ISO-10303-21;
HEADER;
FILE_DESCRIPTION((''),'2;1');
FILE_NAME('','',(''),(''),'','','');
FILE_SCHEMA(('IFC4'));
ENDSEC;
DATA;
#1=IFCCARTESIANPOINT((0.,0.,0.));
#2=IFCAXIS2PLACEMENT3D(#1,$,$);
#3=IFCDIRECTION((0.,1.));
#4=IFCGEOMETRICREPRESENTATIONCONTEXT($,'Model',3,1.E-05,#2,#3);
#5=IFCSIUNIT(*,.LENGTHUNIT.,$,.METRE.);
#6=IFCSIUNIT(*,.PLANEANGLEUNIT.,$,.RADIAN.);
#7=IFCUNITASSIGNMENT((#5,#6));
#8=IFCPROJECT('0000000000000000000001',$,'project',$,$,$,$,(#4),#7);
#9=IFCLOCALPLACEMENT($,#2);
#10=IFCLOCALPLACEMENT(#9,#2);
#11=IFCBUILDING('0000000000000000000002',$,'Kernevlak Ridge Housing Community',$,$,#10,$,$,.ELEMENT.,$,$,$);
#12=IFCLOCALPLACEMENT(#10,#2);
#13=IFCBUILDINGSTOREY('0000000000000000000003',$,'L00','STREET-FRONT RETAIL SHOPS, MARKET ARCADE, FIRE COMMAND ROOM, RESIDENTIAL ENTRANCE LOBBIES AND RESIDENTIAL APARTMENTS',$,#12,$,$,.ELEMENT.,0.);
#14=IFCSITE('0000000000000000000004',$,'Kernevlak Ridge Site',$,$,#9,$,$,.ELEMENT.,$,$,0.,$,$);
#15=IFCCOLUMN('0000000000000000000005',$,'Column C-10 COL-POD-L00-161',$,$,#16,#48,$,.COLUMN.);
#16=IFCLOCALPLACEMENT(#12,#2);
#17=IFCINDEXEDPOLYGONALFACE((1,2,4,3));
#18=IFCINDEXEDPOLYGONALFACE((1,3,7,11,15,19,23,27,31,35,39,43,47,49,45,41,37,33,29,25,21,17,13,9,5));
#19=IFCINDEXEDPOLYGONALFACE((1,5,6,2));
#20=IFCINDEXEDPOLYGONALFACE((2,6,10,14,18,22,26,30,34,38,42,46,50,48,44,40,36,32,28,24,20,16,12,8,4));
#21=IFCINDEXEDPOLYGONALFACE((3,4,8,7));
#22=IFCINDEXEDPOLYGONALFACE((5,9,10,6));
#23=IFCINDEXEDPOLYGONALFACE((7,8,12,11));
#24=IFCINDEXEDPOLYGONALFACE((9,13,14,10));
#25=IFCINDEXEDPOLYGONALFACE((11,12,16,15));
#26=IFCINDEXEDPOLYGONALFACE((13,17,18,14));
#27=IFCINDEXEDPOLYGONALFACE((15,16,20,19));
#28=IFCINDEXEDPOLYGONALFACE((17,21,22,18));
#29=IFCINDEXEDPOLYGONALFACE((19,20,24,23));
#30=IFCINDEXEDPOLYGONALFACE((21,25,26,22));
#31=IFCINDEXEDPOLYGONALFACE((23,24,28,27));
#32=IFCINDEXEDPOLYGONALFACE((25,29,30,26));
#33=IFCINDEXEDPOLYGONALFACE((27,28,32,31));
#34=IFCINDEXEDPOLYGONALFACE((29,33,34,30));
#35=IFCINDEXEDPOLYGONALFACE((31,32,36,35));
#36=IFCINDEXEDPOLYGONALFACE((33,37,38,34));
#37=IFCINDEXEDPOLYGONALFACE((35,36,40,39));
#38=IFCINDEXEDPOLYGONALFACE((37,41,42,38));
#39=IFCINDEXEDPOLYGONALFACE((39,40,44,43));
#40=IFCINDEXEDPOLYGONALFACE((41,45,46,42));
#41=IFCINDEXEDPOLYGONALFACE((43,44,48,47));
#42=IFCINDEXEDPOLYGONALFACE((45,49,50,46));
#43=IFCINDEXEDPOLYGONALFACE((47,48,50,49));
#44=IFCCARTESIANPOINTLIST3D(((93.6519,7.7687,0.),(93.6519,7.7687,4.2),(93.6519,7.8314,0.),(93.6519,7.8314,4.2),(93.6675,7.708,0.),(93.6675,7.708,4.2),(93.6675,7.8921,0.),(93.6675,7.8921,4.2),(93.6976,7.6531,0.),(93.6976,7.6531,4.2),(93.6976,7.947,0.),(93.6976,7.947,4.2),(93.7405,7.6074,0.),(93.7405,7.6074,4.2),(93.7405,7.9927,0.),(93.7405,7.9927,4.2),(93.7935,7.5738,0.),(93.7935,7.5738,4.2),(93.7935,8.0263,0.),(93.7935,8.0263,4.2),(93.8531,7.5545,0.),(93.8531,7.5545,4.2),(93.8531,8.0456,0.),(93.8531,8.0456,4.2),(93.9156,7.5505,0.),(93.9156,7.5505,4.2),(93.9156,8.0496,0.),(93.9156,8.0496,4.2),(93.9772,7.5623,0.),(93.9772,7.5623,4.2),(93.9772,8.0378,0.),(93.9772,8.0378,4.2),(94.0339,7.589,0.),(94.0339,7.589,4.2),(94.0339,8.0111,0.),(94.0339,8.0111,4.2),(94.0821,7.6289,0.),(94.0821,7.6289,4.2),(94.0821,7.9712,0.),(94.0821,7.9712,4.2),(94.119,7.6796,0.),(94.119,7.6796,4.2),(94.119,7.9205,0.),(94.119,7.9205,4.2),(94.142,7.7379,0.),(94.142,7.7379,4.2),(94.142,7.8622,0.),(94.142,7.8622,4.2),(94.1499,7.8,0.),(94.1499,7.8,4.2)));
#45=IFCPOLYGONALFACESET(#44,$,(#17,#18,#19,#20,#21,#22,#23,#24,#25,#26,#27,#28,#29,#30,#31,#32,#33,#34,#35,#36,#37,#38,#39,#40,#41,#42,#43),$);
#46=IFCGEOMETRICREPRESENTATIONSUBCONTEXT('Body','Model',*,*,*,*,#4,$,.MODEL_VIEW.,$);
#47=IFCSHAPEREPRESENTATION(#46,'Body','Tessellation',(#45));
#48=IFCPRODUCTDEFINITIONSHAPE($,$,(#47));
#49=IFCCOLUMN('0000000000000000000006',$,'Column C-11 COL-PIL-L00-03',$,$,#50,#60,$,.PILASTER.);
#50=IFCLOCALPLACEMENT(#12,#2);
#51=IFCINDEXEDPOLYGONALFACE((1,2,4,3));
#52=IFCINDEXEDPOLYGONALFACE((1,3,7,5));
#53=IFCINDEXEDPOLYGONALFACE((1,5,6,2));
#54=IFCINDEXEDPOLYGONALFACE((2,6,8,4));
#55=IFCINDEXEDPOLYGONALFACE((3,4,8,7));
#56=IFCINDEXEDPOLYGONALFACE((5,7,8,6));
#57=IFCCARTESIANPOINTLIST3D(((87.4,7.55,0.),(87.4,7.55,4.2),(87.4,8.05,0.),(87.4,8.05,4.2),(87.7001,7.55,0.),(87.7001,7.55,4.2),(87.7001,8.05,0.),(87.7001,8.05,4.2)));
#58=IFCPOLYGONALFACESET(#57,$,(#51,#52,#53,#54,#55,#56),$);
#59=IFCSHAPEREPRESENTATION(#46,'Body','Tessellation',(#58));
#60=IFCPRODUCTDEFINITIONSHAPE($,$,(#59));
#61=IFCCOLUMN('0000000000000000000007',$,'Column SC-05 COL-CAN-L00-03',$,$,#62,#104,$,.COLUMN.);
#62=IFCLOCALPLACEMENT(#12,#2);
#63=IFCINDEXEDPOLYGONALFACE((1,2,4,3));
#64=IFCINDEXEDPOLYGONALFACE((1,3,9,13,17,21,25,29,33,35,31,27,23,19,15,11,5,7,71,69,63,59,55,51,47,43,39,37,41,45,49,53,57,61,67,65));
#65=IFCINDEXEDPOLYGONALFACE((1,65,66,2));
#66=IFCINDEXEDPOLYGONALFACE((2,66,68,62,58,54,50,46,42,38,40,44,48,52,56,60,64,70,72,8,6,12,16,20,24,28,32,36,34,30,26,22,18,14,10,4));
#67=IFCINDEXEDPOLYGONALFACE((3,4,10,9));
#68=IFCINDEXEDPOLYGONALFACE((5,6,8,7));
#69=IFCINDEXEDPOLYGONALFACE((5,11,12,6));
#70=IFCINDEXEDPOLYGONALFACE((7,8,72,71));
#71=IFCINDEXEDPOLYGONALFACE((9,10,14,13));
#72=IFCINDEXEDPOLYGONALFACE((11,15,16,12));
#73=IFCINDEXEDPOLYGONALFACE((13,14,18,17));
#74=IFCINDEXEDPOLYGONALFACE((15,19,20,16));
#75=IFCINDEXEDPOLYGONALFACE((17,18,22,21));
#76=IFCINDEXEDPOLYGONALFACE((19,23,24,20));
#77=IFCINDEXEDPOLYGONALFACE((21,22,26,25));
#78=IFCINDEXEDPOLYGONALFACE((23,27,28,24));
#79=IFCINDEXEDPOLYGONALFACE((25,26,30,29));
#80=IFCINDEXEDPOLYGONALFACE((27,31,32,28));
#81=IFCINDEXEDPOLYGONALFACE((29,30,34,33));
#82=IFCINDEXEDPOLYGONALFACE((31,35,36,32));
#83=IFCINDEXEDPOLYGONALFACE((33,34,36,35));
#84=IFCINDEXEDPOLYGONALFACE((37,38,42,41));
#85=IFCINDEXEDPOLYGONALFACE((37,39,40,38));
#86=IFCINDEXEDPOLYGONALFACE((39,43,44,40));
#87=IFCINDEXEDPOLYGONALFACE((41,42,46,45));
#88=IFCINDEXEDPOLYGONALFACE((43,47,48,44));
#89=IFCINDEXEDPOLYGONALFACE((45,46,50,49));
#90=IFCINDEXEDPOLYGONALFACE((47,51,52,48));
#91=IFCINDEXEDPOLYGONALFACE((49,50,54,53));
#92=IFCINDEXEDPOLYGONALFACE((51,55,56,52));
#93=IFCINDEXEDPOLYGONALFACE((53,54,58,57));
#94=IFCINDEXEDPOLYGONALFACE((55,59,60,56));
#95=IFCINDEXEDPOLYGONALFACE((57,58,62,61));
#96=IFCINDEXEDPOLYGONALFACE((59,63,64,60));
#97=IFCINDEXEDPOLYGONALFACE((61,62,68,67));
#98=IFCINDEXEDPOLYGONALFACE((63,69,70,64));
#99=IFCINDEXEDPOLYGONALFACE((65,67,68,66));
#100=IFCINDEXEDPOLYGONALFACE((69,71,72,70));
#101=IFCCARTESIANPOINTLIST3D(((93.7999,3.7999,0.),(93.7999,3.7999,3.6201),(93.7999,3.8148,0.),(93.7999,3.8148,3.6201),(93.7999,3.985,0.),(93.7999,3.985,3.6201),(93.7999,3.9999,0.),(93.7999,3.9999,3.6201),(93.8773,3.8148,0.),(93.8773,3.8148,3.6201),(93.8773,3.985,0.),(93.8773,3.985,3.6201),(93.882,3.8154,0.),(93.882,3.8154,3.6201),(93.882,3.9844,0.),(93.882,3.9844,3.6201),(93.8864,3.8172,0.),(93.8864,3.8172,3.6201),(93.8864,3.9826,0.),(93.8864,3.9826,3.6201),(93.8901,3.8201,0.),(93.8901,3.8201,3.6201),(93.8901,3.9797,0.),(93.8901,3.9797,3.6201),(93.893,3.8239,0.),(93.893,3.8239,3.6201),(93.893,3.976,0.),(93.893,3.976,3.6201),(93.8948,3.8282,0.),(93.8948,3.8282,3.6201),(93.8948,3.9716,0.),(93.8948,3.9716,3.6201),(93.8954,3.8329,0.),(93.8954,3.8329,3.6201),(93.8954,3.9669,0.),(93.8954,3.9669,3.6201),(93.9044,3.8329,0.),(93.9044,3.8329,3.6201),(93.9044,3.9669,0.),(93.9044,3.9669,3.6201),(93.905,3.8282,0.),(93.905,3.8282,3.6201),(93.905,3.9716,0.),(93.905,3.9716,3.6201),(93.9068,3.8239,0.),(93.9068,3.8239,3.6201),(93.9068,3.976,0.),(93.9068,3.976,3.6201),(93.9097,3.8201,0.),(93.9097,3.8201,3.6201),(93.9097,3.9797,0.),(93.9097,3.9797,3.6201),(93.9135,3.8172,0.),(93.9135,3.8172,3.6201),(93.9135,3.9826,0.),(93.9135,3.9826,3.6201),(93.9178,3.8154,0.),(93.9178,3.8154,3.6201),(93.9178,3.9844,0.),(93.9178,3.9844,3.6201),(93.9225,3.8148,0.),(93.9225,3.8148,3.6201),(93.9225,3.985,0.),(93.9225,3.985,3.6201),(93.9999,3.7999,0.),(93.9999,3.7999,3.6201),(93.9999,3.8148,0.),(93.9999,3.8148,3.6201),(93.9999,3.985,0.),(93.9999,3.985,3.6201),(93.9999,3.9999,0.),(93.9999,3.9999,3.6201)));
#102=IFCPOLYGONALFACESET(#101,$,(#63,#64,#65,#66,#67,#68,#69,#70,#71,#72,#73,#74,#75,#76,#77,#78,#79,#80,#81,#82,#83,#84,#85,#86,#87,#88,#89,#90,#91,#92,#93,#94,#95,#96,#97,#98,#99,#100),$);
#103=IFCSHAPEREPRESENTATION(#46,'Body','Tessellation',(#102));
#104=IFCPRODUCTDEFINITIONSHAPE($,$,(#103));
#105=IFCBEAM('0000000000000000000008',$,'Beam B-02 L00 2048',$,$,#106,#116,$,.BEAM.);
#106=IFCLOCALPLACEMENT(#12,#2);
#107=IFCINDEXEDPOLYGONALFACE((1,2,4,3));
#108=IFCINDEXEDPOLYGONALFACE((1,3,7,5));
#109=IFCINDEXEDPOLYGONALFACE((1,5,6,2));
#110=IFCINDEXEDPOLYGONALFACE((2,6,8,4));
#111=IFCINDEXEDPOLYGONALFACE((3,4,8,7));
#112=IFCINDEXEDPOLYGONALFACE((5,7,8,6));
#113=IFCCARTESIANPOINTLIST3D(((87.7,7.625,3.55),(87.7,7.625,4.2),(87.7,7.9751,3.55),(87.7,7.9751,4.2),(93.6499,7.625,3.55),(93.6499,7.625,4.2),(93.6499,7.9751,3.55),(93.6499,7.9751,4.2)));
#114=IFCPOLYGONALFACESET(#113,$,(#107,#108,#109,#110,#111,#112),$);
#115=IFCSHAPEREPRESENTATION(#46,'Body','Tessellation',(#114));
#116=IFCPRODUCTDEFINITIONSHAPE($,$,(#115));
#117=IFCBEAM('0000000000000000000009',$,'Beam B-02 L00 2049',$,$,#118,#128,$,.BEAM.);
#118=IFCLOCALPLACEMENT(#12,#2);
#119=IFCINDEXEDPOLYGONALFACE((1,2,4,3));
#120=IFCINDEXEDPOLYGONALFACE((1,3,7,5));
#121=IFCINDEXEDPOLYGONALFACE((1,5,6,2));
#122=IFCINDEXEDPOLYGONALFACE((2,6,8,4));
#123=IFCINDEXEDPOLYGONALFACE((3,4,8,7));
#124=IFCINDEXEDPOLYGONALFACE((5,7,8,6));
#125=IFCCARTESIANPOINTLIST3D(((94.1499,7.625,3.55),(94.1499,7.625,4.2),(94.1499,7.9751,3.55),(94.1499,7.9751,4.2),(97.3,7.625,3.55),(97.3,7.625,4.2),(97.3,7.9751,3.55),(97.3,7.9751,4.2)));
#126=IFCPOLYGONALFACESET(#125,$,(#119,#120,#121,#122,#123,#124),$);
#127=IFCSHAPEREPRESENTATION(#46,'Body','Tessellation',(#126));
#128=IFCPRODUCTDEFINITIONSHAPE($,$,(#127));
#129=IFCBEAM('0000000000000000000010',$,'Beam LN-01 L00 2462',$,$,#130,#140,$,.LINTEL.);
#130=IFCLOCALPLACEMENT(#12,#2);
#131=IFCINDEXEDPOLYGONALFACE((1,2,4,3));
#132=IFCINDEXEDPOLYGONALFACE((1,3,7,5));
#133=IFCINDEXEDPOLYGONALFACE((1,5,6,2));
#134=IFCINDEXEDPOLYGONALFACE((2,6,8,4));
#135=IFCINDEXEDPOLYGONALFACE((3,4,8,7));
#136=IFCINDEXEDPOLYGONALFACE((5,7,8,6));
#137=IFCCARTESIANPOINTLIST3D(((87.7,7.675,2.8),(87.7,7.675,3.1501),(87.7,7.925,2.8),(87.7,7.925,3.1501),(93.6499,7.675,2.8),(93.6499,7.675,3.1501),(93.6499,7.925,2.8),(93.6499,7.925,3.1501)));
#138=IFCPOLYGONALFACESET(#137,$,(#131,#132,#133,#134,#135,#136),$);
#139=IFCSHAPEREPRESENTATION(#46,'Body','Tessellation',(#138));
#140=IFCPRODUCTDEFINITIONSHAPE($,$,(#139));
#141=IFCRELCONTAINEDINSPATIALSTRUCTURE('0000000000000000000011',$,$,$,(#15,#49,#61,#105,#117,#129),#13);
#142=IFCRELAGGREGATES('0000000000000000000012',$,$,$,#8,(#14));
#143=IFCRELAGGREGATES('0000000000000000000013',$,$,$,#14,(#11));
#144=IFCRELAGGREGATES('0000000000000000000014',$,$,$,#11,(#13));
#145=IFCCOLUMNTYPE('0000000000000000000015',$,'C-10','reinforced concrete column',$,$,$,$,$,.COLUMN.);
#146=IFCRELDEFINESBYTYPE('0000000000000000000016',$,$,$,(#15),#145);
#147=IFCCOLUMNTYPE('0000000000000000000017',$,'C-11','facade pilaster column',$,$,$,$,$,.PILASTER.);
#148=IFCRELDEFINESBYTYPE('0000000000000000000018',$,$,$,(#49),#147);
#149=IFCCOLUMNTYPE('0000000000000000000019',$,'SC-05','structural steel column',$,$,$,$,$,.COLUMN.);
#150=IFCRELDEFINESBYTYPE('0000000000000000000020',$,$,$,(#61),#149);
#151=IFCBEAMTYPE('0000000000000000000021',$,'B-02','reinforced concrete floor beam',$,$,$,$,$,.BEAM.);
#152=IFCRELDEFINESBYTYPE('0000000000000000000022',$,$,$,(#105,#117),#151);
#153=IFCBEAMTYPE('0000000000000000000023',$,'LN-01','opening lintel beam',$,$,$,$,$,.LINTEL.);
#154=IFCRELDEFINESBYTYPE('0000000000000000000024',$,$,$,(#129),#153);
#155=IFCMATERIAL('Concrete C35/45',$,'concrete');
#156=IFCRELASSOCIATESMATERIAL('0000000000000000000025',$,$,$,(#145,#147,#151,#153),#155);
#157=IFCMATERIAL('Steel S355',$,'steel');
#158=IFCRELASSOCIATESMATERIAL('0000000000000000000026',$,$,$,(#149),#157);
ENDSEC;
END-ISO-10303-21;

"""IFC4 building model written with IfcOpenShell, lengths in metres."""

from ifc_helpers import new_model, si_unit, direction, frame, origin, origin_2d, place, context, subcontext, project, spatial, rectangle, circle, i_section, extrude, material, material_profile, profile_set, type_object, element, save


model = new_model("IFC4")

# Units and contexts
model_context = context("Model", 3, precision=1e-05, world=origin(), true_north=direction((0.0, 1.0)))
body_context = subcontext(model_context, "Body", "Model", "MODEL_VIEW")
ifc_project = project(units=[si_unit("LENGTHUNIT", "METRE"), si_unit("PLANEANGLEUNIT", "RADIAN")], contexts=[model_context])

# Site, building, storey
site_placement = place(None, origin())
site = spatial("IfcSite", under=ifc_project, at=site_placement, Name="Kernevlak Ridge Site", CompositionType="ELEMENT", RefElevation=0.0)
building_placement = place(site_placement, origin())
building = spatial("IfcBuilding", under=site, at=building_placement, Name="Kernevlak Ridge Housing Community", CompositionType="ELEMENT")
storey_placement = place(building_placement, origin())
storey = spatial("IfcBuildingStorey", under=building, at=storey_placement, Name="L00", Description="STREET-FRONT RETAIL SHOPS, MARKET ARCADE, FIRE COMMAND ROOM, RESIDENTIAL ENTRANCE LOBBIES AND RESIDENTIAL APARTMENTS", CompositionType="ELEMENT", Elevation=0.0)

# Columns
ifc_material_1 = material(Name="Concrete C35/45", Category="concrete")
ifc_material_profile_1 = material_profile(ifc_material_1, circle(Radius=0.25, at=origin_2d()), Name="RC D500")
ifc_profile_set_1 = profile_set([ifc_material_profile_1], Name="Concrete C35/45")
column_type_1 = type_object("IfcColumnType", Name="C-10", Description="reinforced concrete column", PredefinedType="COLUMN", material=ifc_profile_set_1)
column_1_placement = place(storey_placement, frame((93.8999, 7.8, 0.0), z_axis=(0.0, 0.0, 1.0), x_axis=(1.0, 0.0, 0.0)))
element("IfcColumn", 1, at=column_1_placement, inside=storey, type_object=column_type_1, Name="Column C-10 COL-POD-L00-161", PredefinedType="COLUMN", context=body_context, shape_type="SweptSolid", body=[
    extrude(circle(Radius=0.25, at=origin_2d()), origin(), (0.0, 0.0, 1.0), 4.2),
])
ifc_material_profile_2 = material_profile(ifc_material_1, rectangle(XDim=0.3, YDim=0.5, at=origin_2d()), Name="RC 300x500")
ifc_profile_set_2 = profile_set([ifc_material_profile_2], Name="Concrete C35/45")
column_type_2 = type_object("IfcColumnType", Name="C-11", Description="facade pilaster column", PredefinedType="PILASTER", material=ifc_profile_set_2)
column_2_placement = place(storey_placement, frame((87.55, 7.8, 0.0), z_axis=(0.0, 0.0, 1.0), x_axis=(1.0, 0.0, 0.0)))
element("IfcColumn", 2, at=column_2_placement, inside=storey, type_object=column_type_2, Name="Column C-11 COL-PIL-L00-03", PredefinedType="PILASTER", context=body_context, shape_type="SweptSolid", body=[
    extrude(rectangle(XDim=0.3, YDim=0.5, at=origin_2d()), origin(), (0.0, 0.0, 1.0), 4.2),
])
ifc_material_2 = material(Name="Steel S355", Category="steel")
ifc_material_profile_3 = material_profile(ifc_material_2, i_section(OverallWidth=0.2, OverallDepth=0.2, WebThickness=0.009, FlangeThickness=0.0149, FilletRadius=0.0181, at=origin_2d()), Name="HEB 200")
ifc_profile_set_3 = profile_set([ifc_material_profile_3], Name="Steel S355")
column_type_3 = type_object("IfcColumnType", Name="SC-05", Description="structural steel column", PredefinedType="COLUMN", material=ifc_profile_set_3)
column_3_placement = place(storey_placement, frame((93.8999, 3.8999, 0.0), z_axis=(0.0, 0.0, 1.0), x_axis=(1.0, 0.0, 0.0)))
element("IfcColumn", 3, at=column_3_placement, inside=storey, type_object=column_type_3, Name="Column SC-05 COL-CAN-L00-03", PredefinedType="COLUMN", context=body_context, shape_type="SweptSolid", body=[
    extrude(i_section(OverallWidth=0.2, OverallDepth=0.2, WebThickness=0.009, FlangeThickness=0.0149, FilletRadius=0.0181, at=origin_2d()), origin(), (0.0, 0.0, 1.0), 3.6201),
])

# Beams
ifc_material_profile_4 = material_profile(ifc_material_1, rectangle(XDim=0.3501, YDim=0.6499, at=origin_2d()), Name="RC 350x650")
ifc_profile_set_4 = profile_set([ifc_material_profile_4], Name="Concrete C35/45")
beam_type_1 = type_object("IfcBeamType", Name="B-02", Description="reinforced concrete floor beam", PredefinedType="BEAM", material=ifc_profile_set_4)
beam_1_placement = place(storey_placement, frame((87.7, 7.8, 3.875), z_axis=(1.0, 0.0, 0.0), x_axis=(0.0, 1.0, 0.0)))
element("IfcBeam", 4, at=beam_1_placement, inside=storey, type_object=beam_type_1, Name="Beam B-02 L00 2048", PredefinedType="BEAM", context=body_context, shape_type="SweptSolid", body=[
    extrude(rectangle(XDim=0.3501, YDim=0.6499, at=origin_2d()), origin(), (0.0, 0.0, 1.0), 5.95),
])
beam_2_placement = place(storey_placement, frame((94.1499, 7.8, 3.875), z_axis=(1.0, 0.0, 0.0), x_axis=(0.0, 1.0, 0.0)))
element("IfcBeam", 5, at=beam_2_placement, inside=storey, type_object=beam_type_1, Name="Beam B-02 L00 2049", PredefinedType="BEAM", context=body_context, shape_type="SweptSolid", body=[
    extrude(rectangle(XDim=0.3501, YDim=0.6499, at=origin_2d()), origin(), (0.0, 0.0, 1.0), 3.1501),
])
ifc_material_profile_5 = material_profile(ifc_material_1, rectangle(XDim=0.25, YDim=0.3501, at=origin_2d()), Name="RC 250x350")
ifc_profile_set_5 = profile_set([ifc_material_profile_5], Name="Concrete C35/45")
beam_type_2 = type_object("IfcBeamType", Name="LN-01", Description="opening lintel beam", PredefinedType="LINTEL", material=ifc_profile_set_5)
beam_3_placement = place(storey_placement, frame((87.7, 7.8, 2.9751), z_axis=(1.0, 0.0, 0.0), x_axis=(0.0, 1.0, 0.0)))
element("IfcBeam", 6, at=beam_3_placement, inside=storey, type_object=beam_type_2, Name="Beam LN-01 L00 2462", PredefinedType="LINTEL", context=body_context, shape_type="SweptSolid", body=[
    extrude(rectangle(XDim=0.25, YDim=0.3501, at=origin_2d()), origin(), (0.0, 0.0, 1.0), 5.95),
])

save(model, "model.ifc")
